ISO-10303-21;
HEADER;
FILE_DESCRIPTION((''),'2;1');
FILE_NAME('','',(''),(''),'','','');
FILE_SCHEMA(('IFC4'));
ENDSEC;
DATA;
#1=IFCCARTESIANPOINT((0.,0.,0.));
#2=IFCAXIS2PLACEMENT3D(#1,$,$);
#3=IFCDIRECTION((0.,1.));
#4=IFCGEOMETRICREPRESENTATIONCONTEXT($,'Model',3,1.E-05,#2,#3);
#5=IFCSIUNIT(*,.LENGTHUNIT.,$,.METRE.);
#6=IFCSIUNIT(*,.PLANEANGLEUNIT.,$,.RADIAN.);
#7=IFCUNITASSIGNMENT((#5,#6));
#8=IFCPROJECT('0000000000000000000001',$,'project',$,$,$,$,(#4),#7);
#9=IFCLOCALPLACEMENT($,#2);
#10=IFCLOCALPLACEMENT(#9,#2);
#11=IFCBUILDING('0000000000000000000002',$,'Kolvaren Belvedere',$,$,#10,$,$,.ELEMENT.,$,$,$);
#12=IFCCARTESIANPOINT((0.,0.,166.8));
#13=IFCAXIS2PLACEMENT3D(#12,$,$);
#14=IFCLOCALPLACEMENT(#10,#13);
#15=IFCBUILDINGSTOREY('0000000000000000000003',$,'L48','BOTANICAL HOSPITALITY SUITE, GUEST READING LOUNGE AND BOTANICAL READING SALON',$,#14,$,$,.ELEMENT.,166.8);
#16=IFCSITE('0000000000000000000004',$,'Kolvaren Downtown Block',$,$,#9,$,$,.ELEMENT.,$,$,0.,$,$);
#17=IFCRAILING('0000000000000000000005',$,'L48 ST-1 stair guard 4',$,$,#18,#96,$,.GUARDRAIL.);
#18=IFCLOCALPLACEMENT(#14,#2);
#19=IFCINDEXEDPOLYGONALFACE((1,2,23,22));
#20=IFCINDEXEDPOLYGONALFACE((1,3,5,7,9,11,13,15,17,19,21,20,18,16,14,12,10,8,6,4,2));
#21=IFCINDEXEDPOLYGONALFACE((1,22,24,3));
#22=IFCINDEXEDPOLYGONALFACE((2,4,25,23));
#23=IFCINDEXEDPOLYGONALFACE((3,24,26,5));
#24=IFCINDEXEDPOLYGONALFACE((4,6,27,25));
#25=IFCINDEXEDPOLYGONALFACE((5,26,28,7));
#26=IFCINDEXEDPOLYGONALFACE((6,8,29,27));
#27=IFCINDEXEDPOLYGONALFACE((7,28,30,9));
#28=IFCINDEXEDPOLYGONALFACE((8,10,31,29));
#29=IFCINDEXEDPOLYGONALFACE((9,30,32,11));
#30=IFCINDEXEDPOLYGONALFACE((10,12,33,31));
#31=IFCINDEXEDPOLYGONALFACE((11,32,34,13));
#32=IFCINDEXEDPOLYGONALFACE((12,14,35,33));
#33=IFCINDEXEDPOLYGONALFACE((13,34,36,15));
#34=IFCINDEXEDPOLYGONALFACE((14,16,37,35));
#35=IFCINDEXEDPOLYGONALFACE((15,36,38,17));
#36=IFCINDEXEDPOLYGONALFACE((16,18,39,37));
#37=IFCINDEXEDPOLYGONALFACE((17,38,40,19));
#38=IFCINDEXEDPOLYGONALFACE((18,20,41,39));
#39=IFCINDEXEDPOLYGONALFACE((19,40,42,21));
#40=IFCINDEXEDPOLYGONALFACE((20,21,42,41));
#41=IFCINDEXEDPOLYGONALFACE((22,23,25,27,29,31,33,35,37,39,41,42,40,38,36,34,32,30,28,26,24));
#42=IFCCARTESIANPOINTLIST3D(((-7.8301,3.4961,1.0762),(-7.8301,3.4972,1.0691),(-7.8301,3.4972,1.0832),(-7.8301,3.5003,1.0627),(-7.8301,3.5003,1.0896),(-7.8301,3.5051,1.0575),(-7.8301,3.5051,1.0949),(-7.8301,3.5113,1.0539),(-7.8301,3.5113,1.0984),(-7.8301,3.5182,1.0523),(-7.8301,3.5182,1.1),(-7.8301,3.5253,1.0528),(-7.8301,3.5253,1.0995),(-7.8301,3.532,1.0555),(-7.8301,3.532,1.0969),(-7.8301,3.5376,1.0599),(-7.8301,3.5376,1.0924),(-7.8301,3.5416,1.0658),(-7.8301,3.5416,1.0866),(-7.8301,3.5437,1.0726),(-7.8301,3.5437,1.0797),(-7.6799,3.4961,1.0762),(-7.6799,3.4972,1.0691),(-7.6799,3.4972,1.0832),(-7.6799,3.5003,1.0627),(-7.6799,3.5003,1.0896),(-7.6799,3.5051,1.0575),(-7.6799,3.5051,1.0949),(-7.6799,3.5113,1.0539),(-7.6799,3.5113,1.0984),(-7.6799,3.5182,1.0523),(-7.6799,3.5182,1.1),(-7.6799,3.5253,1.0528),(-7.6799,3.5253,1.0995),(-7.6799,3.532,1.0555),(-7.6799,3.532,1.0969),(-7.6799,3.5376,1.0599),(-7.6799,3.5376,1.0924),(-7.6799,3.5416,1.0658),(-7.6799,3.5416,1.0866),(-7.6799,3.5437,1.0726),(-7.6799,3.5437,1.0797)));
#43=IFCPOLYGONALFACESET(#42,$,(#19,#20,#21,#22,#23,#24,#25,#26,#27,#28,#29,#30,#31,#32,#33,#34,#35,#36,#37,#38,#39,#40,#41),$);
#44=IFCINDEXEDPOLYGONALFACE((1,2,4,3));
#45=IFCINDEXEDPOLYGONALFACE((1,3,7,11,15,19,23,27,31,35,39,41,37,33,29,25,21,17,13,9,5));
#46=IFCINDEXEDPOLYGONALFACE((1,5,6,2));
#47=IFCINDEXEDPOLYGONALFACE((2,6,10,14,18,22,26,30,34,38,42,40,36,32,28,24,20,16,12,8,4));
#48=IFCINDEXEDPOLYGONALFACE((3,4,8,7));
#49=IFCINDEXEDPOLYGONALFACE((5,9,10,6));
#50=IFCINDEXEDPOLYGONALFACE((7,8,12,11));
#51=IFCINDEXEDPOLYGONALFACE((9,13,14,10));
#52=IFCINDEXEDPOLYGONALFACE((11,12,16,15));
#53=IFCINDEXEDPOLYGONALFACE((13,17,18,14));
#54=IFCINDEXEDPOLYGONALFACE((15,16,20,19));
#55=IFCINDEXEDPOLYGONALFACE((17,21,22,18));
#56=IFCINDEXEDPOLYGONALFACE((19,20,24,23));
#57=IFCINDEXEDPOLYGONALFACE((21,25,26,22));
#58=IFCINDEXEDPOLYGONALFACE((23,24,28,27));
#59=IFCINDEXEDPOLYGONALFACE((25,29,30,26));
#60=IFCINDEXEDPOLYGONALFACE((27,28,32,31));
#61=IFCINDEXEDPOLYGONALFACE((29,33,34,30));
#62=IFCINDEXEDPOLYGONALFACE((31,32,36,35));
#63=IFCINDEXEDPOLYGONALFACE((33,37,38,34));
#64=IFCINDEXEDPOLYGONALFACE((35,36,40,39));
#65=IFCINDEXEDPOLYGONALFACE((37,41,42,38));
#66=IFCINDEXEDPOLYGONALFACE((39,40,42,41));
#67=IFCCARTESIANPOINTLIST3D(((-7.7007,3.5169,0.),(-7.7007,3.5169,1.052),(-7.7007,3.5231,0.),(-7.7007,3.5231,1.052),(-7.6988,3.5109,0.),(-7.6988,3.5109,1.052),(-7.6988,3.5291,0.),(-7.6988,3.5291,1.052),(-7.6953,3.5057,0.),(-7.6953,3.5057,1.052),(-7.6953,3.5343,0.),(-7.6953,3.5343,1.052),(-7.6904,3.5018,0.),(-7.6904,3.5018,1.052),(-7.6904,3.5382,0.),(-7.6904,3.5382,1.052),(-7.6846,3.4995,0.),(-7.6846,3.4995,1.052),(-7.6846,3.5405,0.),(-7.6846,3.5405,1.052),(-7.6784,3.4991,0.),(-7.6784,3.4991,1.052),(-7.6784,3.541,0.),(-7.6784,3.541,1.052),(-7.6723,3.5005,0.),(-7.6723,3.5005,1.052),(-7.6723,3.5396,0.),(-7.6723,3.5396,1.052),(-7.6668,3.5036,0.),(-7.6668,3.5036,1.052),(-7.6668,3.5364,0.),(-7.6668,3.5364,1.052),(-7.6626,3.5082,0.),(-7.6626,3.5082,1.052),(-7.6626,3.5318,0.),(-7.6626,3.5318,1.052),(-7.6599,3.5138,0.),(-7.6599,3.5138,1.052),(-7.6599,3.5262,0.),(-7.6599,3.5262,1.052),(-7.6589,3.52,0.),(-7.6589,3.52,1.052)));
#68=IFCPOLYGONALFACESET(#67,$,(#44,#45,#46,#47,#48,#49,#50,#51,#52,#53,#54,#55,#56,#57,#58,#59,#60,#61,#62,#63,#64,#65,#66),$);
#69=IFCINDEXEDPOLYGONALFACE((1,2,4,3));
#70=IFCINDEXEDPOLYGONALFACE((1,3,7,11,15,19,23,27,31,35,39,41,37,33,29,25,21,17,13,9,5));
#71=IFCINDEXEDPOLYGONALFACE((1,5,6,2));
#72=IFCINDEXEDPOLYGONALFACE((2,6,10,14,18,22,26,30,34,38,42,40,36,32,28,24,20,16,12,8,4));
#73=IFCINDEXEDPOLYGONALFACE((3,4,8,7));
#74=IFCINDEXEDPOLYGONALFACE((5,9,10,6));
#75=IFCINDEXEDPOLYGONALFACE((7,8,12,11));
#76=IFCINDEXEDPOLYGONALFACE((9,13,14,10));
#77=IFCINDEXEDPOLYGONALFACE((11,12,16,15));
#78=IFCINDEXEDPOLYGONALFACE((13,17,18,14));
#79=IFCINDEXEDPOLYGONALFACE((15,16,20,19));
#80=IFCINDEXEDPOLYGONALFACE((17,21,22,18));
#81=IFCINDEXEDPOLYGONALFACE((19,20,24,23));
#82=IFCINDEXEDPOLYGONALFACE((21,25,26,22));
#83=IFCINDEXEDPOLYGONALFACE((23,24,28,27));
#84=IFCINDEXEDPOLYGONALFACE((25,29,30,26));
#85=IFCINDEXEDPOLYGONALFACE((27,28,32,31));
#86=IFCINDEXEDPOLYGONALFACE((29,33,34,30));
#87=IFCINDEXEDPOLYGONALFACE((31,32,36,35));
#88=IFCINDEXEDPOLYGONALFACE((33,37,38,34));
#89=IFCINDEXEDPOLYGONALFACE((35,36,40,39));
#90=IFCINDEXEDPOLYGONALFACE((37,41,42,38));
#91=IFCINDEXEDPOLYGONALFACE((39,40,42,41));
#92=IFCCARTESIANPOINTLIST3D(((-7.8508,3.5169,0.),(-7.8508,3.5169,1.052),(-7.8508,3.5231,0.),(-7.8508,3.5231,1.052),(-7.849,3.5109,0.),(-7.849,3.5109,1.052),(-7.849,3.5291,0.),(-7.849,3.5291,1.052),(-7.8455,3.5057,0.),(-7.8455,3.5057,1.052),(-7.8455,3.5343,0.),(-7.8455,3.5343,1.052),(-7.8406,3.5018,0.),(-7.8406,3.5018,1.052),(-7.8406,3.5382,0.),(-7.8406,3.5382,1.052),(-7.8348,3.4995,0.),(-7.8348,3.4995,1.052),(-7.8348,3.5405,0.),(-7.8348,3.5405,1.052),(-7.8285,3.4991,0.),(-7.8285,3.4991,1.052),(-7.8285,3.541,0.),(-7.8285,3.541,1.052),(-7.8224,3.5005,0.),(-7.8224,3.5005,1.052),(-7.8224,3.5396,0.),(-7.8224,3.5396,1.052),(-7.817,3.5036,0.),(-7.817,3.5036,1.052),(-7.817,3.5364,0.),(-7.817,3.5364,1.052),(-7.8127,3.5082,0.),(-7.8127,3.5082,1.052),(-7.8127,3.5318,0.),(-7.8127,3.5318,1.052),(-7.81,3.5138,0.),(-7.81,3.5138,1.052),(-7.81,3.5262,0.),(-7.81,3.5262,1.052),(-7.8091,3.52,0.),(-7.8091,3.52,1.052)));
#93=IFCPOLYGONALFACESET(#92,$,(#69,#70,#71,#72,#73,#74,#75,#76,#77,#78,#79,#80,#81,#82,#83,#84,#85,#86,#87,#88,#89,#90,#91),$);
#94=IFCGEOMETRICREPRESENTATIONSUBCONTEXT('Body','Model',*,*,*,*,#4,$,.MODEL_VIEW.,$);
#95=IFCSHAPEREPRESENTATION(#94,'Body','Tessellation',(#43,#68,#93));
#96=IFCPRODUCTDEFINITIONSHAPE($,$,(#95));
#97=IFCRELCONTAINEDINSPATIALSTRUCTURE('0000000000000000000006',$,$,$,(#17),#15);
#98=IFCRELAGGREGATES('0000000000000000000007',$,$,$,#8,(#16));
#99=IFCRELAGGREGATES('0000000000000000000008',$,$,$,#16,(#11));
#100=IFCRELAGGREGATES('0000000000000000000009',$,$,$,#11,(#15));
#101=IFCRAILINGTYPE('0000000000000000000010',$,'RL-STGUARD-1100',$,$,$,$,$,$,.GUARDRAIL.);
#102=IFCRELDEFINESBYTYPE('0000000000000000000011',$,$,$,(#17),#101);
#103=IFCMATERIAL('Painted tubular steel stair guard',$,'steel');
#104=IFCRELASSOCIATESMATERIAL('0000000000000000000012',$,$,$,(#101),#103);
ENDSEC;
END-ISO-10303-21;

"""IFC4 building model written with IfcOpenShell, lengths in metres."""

from ifc_helpers import new_model, si_unit, direction, frame, origin, origin_2d, place, context, subcontext, project, spatial, circle, extrude, material, type_object, element, save


model = new_model("IFC4")

# Units and contexts
model_context = context("Model", 3, precision=1e-05, world=origin(), true_north=direction((0.0, 1.0)))
body_context = subcontext(model_context, "Body", "Model", "MODEL_VIEW")
ifc_project = project(units=[si_unit("LENGTHUNIT", "METRE"), si_unit("PLANEANGLEUNIT", "RADIAN")], contexts=[model_context])

# Site, building, storey
site_placement = place(None, origin())
site = spatial("IfcSite", under=ifc_project, at=site_placement, Name="Kolvaren Downtown Block", CompositionType="ELEMENT", RefElevation=0.0)
building_placement = place(site_placement, origin())
building = spatial("IfcBuilding", under=site, at=building_placement, Name="Kolvaren Belvedere", CompositionType="ELEMENT")
storey_placement = place(building_placement, frame((0.0, 0.0, 166.8)))
storey = spatial("IfcBuildingStorey", under=building, at=storey_placement, Name="L48", Description="BOTANICAL HOSPITALITY SUITE, GUEST READING LOUNGE AND BOTANICAL READING SALON", CompositionType="ELEMENT", Elevation=166.8)

# Railing
ifc_material_1 = material(Name="Painted tubular steel stair guard", Category="steel")
railing_type_1 = type_object("IfcRailingType", Name="RL-STGUARD-1100", PredefinedType="GUARDRAIL", material=ifc_material_1)
railing_1_placement = place(storey_placement, frame((-7.6799, 3.52, 0.0)))
element("IfcRailing", 1, at=railing_1_placement, inside=storey, type_object=railing_type_1, Name="L48 ST-1 stair guard 4", PredefinedType="GUARDRAIL", context=body_context, shape_type="SweptSolid", body=[
    extrude(circle(Radius=0.0239, at=origin_2d()), frame((0.0, 0.0, 1.0762), z_axis=(-1.0, 0.0, 0.0), x_axis=(0.0, -1.0, 0.0)), (0.0, 0.0, 1.0), 0.1501),
    extrude(circle(Radius=0.021, at=origin_2d()), origin(), (0.0, 0.0, 1.0), 1.052),
    extrude(circle(Radius=0.021, at=origin_2d()), frame((-0.1501, 0.0, 0.0)), (0.0, 0.0, 1.0), 1.052),
])

save(model, "model.ifc")
